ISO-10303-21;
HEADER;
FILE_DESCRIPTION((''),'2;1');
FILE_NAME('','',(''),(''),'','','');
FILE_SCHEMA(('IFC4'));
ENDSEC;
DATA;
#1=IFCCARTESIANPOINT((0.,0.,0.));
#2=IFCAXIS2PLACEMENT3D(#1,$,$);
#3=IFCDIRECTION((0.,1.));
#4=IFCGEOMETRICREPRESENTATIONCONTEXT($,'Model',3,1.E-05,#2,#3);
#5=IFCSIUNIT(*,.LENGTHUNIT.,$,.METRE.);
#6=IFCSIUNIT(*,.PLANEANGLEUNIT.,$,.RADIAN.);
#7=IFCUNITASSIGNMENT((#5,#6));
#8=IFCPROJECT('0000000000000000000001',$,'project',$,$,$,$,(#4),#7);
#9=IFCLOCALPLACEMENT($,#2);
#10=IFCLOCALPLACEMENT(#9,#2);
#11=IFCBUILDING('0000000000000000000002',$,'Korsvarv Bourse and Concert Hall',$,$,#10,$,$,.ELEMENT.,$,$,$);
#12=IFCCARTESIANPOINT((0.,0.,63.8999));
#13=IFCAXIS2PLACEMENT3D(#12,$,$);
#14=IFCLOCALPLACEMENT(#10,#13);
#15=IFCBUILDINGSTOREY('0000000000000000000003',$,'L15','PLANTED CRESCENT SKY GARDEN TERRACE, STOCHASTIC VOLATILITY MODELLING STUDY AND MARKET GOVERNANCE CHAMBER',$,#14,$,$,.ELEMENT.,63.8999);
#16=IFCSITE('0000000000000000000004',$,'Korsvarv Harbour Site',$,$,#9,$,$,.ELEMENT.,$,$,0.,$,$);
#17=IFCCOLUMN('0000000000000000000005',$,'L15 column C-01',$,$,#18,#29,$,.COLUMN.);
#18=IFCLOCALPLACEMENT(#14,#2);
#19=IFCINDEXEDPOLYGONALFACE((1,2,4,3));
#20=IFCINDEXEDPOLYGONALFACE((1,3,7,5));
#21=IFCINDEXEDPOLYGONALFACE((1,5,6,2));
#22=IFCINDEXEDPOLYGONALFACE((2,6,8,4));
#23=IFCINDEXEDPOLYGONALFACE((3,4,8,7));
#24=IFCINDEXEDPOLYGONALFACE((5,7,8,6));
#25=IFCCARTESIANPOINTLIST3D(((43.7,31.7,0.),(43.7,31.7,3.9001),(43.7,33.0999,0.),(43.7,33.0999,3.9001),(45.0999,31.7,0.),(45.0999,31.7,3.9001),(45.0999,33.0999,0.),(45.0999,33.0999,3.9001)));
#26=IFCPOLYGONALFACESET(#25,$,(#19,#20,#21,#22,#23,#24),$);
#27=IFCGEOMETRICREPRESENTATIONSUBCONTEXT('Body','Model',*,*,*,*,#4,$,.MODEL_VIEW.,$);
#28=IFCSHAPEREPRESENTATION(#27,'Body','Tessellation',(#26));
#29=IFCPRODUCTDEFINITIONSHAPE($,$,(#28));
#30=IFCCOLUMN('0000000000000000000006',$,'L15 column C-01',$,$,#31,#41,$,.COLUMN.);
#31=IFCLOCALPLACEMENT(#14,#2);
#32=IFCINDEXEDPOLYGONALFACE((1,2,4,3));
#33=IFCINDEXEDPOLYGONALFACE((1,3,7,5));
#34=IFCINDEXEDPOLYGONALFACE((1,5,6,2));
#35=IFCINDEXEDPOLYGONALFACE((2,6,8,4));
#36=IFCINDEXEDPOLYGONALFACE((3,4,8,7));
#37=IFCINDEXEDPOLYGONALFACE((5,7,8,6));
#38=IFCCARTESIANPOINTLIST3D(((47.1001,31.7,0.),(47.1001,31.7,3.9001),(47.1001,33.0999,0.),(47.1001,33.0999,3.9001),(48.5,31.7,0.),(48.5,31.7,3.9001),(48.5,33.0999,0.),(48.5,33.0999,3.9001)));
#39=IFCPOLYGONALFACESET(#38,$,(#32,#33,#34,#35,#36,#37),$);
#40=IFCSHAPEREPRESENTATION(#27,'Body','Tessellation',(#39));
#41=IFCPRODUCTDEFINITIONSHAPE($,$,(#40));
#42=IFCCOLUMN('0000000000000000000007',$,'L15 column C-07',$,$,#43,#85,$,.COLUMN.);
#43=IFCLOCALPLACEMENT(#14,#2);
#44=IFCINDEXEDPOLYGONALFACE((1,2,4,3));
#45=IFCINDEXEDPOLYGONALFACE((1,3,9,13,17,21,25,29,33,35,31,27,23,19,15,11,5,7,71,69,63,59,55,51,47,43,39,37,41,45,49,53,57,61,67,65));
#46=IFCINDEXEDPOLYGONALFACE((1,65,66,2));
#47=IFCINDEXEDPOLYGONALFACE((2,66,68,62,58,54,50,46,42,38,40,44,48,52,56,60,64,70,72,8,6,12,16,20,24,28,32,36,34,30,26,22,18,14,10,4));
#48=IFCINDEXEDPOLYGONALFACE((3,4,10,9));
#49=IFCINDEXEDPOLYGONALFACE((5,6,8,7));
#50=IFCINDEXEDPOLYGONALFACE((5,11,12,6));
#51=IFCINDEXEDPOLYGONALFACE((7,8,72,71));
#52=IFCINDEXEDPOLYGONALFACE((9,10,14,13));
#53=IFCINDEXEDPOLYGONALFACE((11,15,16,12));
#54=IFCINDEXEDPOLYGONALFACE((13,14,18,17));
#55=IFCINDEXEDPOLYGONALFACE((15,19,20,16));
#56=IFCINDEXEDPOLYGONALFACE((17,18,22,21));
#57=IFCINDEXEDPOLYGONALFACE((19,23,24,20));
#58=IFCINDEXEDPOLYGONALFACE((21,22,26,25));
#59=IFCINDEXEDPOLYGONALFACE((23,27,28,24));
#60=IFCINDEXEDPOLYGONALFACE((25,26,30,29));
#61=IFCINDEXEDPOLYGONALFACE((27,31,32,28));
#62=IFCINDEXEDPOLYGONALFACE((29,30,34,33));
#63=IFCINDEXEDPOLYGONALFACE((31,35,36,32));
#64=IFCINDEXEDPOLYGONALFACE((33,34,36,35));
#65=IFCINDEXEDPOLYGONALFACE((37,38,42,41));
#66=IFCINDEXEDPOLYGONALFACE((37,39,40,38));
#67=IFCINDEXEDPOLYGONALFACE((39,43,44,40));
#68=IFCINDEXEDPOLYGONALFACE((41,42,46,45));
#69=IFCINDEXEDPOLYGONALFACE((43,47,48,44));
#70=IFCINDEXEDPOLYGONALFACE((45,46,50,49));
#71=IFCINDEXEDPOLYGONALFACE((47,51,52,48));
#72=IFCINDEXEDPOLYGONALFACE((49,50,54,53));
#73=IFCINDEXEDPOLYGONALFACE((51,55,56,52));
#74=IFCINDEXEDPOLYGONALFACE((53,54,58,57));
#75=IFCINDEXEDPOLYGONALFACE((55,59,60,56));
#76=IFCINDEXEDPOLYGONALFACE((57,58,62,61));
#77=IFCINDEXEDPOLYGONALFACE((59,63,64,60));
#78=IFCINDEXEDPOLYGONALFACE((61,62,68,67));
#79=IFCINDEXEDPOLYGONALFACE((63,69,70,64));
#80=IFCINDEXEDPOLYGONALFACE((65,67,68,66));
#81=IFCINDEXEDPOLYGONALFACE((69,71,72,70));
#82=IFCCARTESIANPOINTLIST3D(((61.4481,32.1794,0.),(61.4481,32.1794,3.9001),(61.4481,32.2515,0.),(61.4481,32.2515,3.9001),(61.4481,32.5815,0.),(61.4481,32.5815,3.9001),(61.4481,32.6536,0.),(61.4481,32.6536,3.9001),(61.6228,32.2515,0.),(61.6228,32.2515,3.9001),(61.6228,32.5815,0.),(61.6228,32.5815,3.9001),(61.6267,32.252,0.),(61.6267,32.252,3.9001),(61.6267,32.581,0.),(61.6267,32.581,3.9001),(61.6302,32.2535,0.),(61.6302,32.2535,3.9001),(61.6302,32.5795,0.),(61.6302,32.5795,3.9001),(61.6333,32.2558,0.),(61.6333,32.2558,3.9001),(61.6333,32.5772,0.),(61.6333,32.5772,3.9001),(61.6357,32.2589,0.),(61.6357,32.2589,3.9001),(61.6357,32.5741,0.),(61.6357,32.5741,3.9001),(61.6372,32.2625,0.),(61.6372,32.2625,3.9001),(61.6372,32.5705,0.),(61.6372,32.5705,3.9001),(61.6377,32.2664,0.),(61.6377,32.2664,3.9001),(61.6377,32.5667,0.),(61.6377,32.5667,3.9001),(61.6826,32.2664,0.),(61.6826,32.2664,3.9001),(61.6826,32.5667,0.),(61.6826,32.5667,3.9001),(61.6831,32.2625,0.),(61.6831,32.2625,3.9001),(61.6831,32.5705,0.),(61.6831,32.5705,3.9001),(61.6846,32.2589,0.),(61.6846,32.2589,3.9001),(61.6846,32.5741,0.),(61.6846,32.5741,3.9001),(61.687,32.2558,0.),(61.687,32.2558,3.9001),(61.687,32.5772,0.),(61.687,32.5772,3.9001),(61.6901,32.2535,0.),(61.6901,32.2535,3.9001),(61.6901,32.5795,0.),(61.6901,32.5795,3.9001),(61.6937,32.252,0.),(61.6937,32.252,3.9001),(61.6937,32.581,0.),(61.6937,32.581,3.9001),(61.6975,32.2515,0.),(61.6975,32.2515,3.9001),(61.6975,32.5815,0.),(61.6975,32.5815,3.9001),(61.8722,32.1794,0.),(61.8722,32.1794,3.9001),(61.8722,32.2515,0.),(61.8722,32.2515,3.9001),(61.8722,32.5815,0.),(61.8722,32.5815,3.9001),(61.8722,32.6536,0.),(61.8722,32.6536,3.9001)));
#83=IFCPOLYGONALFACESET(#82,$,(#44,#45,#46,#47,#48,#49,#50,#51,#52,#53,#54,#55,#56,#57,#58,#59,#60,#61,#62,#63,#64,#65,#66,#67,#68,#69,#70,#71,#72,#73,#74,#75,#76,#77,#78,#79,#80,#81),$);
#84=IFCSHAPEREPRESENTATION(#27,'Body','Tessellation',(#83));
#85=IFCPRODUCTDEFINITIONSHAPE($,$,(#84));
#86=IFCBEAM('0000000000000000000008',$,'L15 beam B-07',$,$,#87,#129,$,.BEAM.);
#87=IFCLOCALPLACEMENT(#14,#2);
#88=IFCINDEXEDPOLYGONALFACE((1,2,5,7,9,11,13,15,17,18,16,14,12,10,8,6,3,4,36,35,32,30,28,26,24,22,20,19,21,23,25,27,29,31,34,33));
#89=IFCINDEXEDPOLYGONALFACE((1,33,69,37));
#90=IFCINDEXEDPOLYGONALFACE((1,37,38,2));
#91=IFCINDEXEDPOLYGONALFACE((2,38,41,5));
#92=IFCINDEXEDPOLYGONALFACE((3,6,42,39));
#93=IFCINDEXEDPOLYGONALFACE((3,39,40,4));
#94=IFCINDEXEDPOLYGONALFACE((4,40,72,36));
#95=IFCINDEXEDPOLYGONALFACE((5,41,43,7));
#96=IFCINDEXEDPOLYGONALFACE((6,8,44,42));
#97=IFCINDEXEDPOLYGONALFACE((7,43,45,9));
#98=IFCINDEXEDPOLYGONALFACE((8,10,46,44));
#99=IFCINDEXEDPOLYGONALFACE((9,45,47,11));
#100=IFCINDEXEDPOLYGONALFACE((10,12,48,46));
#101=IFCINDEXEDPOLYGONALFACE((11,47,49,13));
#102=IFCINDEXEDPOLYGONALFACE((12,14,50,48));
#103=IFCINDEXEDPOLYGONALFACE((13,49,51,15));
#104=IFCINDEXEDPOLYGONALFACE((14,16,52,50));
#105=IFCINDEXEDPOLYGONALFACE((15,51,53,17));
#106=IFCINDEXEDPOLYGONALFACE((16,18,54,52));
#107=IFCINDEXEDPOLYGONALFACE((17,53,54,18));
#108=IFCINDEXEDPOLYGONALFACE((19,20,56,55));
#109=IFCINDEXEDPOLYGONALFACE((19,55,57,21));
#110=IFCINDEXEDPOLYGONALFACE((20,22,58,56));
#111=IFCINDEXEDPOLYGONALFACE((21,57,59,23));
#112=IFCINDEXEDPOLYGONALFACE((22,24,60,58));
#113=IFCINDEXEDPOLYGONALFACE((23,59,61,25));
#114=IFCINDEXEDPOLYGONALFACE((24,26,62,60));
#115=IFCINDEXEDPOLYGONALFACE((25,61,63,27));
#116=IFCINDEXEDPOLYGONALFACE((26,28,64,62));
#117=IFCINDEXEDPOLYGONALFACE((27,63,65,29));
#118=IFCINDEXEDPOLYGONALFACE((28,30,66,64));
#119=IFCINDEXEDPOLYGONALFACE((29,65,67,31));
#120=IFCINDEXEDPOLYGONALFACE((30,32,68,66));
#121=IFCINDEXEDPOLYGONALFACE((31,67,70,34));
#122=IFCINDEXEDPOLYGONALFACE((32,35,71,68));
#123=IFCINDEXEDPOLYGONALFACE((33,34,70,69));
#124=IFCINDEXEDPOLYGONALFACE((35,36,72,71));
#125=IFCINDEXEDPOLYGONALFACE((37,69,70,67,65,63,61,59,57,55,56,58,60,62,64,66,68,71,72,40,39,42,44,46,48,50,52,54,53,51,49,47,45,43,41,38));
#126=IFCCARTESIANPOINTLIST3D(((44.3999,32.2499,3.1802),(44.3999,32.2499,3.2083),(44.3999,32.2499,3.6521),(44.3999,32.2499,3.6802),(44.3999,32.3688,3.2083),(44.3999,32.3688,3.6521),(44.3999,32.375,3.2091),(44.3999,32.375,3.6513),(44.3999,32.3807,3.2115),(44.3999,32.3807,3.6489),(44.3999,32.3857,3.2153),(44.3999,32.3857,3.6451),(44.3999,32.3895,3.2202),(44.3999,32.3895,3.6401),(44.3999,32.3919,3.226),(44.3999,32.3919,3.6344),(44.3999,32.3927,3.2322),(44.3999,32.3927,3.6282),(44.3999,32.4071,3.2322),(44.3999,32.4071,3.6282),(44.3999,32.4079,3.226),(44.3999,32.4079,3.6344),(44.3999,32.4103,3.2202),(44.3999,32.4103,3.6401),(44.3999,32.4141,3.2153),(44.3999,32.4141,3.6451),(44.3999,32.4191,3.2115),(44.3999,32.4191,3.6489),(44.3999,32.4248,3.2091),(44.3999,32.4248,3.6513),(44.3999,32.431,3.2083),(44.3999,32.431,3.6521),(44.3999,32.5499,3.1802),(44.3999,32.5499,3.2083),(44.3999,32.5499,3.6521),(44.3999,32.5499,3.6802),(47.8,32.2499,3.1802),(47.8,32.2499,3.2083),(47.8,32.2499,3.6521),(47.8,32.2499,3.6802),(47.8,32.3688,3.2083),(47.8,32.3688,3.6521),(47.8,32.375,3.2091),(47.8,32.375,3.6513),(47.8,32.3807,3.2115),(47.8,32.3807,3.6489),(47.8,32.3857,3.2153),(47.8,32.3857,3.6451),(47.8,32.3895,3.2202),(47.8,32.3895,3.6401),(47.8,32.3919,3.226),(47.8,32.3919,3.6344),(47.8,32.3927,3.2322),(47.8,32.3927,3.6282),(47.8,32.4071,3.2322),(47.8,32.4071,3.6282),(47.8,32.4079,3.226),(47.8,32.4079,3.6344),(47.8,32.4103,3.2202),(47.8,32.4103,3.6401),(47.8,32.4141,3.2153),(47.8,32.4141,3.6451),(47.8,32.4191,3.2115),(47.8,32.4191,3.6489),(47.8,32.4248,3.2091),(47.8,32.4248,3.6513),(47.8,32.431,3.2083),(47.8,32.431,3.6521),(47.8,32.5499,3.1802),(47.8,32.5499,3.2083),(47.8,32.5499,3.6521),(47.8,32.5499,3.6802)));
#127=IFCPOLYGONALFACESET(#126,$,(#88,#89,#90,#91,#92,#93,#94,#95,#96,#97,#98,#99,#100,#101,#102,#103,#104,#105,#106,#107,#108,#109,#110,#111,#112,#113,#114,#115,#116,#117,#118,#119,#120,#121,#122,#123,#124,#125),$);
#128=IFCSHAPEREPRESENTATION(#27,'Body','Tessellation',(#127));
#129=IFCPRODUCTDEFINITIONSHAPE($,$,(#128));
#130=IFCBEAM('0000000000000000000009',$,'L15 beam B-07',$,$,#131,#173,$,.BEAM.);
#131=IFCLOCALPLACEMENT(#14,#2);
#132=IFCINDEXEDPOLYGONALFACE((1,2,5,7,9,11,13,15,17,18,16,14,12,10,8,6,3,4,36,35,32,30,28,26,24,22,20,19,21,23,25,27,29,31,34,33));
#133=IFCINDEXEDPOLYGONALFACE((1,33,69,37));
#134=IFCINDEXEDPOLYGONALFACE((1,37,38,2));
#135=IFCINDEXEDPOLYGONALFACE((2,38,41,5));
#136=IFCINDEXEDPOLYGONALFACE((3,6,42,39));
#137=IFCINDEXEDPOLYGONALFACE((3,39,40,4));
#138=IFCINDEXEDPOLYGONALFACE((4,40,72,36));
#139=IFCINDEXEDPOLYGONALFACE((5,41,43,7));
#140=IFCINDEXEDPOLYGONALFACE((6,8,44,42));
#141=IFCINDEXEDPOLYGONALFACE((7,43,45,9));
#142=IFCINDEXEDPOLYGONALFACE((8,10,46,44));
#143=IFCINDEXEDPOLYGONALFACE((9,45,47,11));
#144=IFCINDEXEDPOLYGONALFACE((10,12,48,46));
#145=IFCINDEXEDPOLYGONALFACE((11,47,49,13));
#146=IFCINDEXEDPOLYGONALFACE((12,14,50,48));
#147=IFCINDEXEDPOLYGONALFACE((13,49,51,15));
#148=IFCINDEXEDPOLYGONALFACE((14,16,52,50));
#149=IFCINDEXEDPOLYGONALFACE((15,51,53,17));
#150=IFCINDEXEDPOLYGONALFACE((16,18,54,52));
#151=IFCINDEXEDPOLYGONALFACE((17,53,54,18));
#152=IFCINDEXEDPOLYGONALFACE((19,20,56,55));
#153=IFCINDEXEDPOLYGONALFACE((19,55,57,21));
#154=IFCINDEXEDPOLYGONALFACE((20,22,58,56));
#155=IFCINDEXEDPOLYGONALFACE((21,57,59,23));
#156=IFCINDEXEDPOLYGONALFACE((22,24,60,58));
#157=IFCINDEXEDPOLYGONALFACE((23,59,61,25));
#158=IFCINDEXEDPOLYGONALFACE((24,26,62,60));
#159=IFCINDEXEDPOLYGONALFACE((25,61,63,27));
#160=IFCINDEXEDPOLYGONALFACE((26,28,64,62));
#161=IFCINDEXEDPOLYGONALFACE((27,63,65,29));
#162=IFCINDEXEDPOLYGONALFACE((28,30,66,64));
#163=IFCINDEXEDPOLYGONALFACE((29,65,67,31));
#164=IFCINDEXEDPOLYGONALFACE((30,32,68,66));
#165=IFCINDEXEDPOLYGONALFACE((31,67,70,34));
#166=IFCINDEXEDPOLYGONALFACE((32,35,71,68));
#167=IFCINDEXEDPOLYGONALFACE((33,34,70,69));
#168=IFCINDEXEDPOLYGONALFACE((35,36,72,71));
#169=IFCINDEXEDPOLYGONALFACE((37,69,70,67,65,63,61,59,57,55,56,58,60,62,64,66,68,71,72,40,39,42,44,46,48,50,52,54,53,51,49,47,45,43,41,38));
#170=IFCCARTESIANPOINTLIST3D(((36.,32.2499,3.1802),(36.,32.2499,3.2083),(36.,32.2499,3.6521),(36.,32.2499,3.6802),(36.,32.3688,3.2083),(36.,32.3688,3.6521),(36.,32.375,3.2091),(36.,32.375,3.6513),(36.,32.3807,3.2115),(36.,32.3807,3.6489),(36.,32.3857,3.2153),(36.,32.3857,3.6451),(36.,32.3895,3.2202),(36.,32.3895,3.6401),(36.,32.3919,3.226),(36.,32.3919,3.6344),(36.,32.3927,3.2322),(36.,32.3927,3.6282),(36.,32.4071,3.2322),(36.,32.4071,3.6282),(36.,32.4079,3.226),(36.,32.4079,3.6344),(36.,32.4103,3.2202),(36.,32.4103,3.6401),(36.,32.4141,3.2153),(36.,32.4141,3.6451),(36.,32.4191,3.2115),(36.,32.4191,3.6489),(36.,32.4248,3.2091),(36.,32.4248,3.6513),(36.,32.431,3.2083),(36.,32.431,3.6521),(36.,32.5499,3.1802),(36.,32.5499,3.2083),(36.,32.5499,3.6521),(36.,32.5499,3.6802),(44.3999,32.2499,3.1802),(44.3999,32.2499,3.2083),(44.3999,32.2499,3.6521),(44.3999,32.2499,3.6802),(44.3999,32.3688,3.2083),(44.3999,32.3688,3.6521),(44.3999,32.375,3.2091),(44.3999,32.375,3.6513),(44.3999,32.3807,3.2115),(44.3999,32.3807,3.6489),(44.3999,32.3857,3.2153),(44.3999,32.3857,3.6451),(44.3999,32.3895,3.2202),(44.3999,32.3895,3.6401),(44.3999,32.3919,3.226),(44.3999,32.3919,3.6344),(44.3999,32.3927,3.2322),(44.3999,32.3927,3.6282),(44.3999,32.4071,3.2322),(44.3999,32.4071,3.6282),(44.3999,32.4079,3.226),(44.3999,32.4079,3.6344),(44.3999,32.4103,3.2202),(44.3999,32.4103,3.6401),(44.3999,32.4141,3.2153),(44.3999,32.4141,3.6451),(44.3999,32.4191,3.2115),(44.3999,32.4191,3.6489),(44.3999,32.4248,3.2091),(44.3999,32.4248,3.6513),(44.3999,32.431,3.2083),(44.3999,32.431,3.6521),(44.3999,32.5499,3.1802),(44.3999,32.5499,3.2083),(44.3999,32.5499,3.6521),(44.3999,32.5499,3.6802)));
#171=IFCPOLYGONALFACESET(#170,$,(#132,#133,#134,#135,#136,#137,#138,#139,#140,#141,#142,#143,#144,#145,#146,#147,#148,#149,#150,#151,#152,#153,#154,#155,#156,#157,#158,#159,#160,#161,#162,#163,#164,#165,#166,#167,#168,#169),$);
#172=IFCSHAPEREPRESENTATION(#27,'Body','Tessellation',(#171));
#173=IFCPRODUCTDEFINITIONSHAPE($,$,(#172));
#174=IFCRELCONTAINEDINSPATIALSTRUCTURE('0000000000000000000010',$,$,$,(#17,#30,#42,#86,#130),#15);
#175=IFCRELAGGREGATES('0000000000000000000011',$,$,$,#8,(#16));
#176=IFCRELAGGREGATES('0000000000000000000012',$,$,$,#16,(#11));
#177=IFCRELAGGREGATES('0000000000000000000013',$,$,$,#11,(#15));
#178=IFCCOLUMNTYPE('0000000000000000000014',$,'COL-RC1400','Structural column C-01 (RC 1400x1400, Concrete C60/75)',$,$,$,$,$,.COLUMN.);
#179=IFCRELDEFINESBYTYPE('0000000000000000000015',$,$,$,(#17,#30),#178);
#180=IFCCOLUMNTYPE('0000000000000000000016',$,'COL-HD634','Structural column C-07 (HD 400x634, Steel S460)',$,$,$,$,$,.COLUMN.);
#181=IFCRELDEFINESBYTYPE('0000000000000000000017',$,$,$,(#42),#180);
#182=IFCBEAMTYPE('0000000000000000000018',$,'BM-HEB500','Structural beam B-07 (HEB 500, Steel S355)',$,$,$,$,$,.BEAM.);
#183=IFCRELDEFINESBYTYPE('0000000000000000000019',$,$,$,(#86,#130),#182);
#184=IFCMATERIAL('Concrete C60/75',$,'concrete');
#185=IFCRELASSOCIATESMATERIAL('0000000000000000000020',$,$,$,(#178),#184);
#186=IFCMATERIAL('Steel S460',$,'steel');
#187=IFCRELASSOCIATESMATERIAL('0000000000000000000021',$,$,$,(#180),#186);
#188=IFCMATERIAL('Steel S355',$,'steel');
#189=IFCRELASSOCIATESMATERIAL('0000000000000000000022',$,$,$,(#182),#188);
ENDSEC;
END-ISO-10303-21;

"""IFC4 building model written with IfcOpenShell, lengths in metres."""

from ifc_helpers import new_model, si_unit, direction, frame, origin, origin_2d, place, context, subcontext, project, spatial, rectangle, i_section, extrude, source, transform, mapped, material, material_profile, profile_set, type_object, element, save


model = new_model("IFC4")

# Units and contexts
model_context = context("Model", 3, precision=1e-05, world=origin(), true_north=direction((0.0, 1.0)))
body_context = subcontext(model_context, "Body", "Model", "MODEL_VIEW")
ifc_project = project(units=[si_unit("LENGTHUNIT", "METRE"), si_unit("PLANEANGLEUNIT", "RADIAN")], contexts=[model_context])

# Site, building, storey
site_placement = place(None, origin())
site = spatial("IfcSite", under=ifc_project, at=site_placement, Name="Korsvarv Harbour Site", CompositionType="ELEMENT", RefElevation=0.0)
building_placement = place(site_placement, origin())
building = spatial("IfcBuilding", under=site, at=building_placement, Name="Korsvarv Bourse and Concert Hall", CompositionType="ELEMENT")
storey_placement = place(building_placement, frame((0.0, 0.0, 63.8999)))
storey = spatial("IfcBuildingStorey", under=building, at=storey_placement, Name="L15", Description="PLANTED CRESCENT SKY GARDEN TERRACE, STOCHASTIC VOLATILITY MODELLING STUDY AND MARKET GOVERNANCE CHAMBER", CompositionType="ELEMENT", Elevation=63.8999)

# Columns
ifc_material_1 = material(Name="Concrete C60/75", Category="concrete")
ifc_material_profile_1 = material_profile(ifc_material_1, rectangle(XDim=1.3999, YDim=1.3999, at=origin_2d()), Name="RC 1400x1400")
ifc_profile_set_1 = profile_set([ifc_material_profile_1], Name="Concrete C60/75")
column_type_1 = type_object("IfcColumnType", Name="COL-RC1400", Description="Structural column C-01 (RC 1400x1400, Concrete C60/75)", PredefinedType="COLUMN", material=ifc_profile_set_1)
shared_shape_1 = source(origin(), body_context, "Body", "SweptSolid", [
    extrude(rectangle(XDim=1.3999, YDim=1.3999, at=origin_2d()), origin(), (0.0, 0.0, 1.0), 3.9001),
])
for number, where, z_axis, x_axis, name in (
    (1, (44.3999, 32.3999, 0.0), (0.0, 0.0, 1.0), (1.0, 0.0, 0.0), "L15 column C-01"),
    (2, (47.8, 32.3999, 0.0), (0.0, 0.0, 1.0), (1.0, 0.0, 0.0), "L15 column C-01"),
):
    element("IfcColumn", number, at=place(storey_placement, frame(where, z_axis=z_axis, x_axis=x_axis)), inside=storey, type_object=column_type_1, Name=name, PredefinedType="COLUMN", context=body_context, shape_type="MappedRepresentation", body=[
        mapped(shared_shape_1, transform((0.0, 0.0, 0.0), scale=1.0)),
    ])
ifc_material_2 = material(Name="Steel S460", Category="steel")
ifc_material_profile_2 = material_profile(ifc_material_2, i_section(OverallWidth=0.4241, OverallDepth=0.4741, WebThickness=0.0449, FlangeThickness=0.072, FilletRadius=0.0149, at=origin_2d()), Name="HD 400x634")
ifc_profile_set_2 = profile_set([ifc_material_profile_2], Name="Steel S460")
column_type_2 = type_object("IfcColumnType", Name="COL-HD634", Description="Structural column C-07 (HD 400x634, Steel S460)", PredefinedType="COLUMN", material=ifc_profile_set_2)
shared_shape_2 = source(origin(), body_context, "Body", "SweptSolid", [
    extrude(i_section(OverallWidth=0.4241, OverallDepth=0.4741, WebThickness=0.0449, FlangeThickness=0.072, FilletRadius=0.0149, at=origin_2d()), origin(), (0.0, 0.0, 1.0), 3.9001),
])
column_placement = place(storey_placement, frame((61.6602, 32.4165, 0.0), z_axis=(0.0, 0.0, 1.0), x_axis=(1.0, 0.0, 0.0)))
element("IfcColumn", 3, at=column_placement, inside=storey, type_object=column_type_2, Name="L15 column C-07", PredefinedType="COLUMN", context=body_context, shape_type="MappedRepresentation", body=[
    mapped(shared_shape_2, transform((0.0, 0.0, 0.0), scale=1.0)),
])

# Beams
ifc_material_3 = material(Name="Steel S355", Category="steel")
ifc_material_profile_3 = material_profile(ifc_material_3, i_section(OverallWidth=0.3, OverallDepth=0.5, WebThickness=0.0144, FlangeThickness=0.0281, FilletRadius=0.0239, at=origin_2d()), Name="HEB 500")
ifc_profile_set_3 = profile_set([ifc_material_profile_3], Name="Steel S355")
beam_type_1 = type_object("IfcBeamType", Name="BM-HEB500", Description="Structural beam B-07 (HEB 500, Steel S355)", PredefinedType="BEAM", material=ifc_profile_set_3)
shared_shape_3 = source(origin(), body_context, "Body", "SweptSolid", [
    extrude(i_section(OverallWidth=0.3, OverallDepth=0.5, WebThickness=0.0144, FlangeThickness=0.0281, FilletRadius=0.0239, at=origin_2d()), origin(), (0.0, 0.0, 1.0), 3.4001),
])
beam_1_placement = place(storey_placement, frame((44.3999, 32.3999, 3.4302), z_axis=(1.0, 0.0, 0.0), x_axis=(0.0, 1.0, 0.0)))
element("IfcBeam", 4, at=beam_1_placement, inside=storey, type_object=beam_type_1, Name="L15 beam B-07", PredefinedType="BEAM", context=body_context, shape_type="MappedRepresentation", body=[
    mapped(shared_shape_3, transform((0.0, 0.0, 0.0), scale=1.0)),
])
shared_shape_4 = source(origin(), body_context, "Body", "SweptSolid", [
    extrude(i_section(OverallWidth=0.3, OverallDepth=0.5, WebThickness=0.0144, FlangeThickness=0.0281, FilletRadius=0.0239, at=origin_2d()), origin(), (0.0, 0.0, 1.0), 8.3999),
])
beam_2_placement = place(storey_placement, frame((36.0, 32.3999, 3.4302), z_axis=(1.0, 0.0, 0.0), x_axis=(0.0, 1.0, 0.0)))
element("IfcBeam", 5, at=beam_2_placement, inside=storey, type_object=beam_type_1, Name="L15 beam B-07", PredefinedType="BEAM", context=body_context, shape_type="MappedRepresentation", body=[
    mapped(shared_shape_4, transform((0.0, 0.0, 0.0), scale=1.0)),
])

save(model, "model.ifc")
